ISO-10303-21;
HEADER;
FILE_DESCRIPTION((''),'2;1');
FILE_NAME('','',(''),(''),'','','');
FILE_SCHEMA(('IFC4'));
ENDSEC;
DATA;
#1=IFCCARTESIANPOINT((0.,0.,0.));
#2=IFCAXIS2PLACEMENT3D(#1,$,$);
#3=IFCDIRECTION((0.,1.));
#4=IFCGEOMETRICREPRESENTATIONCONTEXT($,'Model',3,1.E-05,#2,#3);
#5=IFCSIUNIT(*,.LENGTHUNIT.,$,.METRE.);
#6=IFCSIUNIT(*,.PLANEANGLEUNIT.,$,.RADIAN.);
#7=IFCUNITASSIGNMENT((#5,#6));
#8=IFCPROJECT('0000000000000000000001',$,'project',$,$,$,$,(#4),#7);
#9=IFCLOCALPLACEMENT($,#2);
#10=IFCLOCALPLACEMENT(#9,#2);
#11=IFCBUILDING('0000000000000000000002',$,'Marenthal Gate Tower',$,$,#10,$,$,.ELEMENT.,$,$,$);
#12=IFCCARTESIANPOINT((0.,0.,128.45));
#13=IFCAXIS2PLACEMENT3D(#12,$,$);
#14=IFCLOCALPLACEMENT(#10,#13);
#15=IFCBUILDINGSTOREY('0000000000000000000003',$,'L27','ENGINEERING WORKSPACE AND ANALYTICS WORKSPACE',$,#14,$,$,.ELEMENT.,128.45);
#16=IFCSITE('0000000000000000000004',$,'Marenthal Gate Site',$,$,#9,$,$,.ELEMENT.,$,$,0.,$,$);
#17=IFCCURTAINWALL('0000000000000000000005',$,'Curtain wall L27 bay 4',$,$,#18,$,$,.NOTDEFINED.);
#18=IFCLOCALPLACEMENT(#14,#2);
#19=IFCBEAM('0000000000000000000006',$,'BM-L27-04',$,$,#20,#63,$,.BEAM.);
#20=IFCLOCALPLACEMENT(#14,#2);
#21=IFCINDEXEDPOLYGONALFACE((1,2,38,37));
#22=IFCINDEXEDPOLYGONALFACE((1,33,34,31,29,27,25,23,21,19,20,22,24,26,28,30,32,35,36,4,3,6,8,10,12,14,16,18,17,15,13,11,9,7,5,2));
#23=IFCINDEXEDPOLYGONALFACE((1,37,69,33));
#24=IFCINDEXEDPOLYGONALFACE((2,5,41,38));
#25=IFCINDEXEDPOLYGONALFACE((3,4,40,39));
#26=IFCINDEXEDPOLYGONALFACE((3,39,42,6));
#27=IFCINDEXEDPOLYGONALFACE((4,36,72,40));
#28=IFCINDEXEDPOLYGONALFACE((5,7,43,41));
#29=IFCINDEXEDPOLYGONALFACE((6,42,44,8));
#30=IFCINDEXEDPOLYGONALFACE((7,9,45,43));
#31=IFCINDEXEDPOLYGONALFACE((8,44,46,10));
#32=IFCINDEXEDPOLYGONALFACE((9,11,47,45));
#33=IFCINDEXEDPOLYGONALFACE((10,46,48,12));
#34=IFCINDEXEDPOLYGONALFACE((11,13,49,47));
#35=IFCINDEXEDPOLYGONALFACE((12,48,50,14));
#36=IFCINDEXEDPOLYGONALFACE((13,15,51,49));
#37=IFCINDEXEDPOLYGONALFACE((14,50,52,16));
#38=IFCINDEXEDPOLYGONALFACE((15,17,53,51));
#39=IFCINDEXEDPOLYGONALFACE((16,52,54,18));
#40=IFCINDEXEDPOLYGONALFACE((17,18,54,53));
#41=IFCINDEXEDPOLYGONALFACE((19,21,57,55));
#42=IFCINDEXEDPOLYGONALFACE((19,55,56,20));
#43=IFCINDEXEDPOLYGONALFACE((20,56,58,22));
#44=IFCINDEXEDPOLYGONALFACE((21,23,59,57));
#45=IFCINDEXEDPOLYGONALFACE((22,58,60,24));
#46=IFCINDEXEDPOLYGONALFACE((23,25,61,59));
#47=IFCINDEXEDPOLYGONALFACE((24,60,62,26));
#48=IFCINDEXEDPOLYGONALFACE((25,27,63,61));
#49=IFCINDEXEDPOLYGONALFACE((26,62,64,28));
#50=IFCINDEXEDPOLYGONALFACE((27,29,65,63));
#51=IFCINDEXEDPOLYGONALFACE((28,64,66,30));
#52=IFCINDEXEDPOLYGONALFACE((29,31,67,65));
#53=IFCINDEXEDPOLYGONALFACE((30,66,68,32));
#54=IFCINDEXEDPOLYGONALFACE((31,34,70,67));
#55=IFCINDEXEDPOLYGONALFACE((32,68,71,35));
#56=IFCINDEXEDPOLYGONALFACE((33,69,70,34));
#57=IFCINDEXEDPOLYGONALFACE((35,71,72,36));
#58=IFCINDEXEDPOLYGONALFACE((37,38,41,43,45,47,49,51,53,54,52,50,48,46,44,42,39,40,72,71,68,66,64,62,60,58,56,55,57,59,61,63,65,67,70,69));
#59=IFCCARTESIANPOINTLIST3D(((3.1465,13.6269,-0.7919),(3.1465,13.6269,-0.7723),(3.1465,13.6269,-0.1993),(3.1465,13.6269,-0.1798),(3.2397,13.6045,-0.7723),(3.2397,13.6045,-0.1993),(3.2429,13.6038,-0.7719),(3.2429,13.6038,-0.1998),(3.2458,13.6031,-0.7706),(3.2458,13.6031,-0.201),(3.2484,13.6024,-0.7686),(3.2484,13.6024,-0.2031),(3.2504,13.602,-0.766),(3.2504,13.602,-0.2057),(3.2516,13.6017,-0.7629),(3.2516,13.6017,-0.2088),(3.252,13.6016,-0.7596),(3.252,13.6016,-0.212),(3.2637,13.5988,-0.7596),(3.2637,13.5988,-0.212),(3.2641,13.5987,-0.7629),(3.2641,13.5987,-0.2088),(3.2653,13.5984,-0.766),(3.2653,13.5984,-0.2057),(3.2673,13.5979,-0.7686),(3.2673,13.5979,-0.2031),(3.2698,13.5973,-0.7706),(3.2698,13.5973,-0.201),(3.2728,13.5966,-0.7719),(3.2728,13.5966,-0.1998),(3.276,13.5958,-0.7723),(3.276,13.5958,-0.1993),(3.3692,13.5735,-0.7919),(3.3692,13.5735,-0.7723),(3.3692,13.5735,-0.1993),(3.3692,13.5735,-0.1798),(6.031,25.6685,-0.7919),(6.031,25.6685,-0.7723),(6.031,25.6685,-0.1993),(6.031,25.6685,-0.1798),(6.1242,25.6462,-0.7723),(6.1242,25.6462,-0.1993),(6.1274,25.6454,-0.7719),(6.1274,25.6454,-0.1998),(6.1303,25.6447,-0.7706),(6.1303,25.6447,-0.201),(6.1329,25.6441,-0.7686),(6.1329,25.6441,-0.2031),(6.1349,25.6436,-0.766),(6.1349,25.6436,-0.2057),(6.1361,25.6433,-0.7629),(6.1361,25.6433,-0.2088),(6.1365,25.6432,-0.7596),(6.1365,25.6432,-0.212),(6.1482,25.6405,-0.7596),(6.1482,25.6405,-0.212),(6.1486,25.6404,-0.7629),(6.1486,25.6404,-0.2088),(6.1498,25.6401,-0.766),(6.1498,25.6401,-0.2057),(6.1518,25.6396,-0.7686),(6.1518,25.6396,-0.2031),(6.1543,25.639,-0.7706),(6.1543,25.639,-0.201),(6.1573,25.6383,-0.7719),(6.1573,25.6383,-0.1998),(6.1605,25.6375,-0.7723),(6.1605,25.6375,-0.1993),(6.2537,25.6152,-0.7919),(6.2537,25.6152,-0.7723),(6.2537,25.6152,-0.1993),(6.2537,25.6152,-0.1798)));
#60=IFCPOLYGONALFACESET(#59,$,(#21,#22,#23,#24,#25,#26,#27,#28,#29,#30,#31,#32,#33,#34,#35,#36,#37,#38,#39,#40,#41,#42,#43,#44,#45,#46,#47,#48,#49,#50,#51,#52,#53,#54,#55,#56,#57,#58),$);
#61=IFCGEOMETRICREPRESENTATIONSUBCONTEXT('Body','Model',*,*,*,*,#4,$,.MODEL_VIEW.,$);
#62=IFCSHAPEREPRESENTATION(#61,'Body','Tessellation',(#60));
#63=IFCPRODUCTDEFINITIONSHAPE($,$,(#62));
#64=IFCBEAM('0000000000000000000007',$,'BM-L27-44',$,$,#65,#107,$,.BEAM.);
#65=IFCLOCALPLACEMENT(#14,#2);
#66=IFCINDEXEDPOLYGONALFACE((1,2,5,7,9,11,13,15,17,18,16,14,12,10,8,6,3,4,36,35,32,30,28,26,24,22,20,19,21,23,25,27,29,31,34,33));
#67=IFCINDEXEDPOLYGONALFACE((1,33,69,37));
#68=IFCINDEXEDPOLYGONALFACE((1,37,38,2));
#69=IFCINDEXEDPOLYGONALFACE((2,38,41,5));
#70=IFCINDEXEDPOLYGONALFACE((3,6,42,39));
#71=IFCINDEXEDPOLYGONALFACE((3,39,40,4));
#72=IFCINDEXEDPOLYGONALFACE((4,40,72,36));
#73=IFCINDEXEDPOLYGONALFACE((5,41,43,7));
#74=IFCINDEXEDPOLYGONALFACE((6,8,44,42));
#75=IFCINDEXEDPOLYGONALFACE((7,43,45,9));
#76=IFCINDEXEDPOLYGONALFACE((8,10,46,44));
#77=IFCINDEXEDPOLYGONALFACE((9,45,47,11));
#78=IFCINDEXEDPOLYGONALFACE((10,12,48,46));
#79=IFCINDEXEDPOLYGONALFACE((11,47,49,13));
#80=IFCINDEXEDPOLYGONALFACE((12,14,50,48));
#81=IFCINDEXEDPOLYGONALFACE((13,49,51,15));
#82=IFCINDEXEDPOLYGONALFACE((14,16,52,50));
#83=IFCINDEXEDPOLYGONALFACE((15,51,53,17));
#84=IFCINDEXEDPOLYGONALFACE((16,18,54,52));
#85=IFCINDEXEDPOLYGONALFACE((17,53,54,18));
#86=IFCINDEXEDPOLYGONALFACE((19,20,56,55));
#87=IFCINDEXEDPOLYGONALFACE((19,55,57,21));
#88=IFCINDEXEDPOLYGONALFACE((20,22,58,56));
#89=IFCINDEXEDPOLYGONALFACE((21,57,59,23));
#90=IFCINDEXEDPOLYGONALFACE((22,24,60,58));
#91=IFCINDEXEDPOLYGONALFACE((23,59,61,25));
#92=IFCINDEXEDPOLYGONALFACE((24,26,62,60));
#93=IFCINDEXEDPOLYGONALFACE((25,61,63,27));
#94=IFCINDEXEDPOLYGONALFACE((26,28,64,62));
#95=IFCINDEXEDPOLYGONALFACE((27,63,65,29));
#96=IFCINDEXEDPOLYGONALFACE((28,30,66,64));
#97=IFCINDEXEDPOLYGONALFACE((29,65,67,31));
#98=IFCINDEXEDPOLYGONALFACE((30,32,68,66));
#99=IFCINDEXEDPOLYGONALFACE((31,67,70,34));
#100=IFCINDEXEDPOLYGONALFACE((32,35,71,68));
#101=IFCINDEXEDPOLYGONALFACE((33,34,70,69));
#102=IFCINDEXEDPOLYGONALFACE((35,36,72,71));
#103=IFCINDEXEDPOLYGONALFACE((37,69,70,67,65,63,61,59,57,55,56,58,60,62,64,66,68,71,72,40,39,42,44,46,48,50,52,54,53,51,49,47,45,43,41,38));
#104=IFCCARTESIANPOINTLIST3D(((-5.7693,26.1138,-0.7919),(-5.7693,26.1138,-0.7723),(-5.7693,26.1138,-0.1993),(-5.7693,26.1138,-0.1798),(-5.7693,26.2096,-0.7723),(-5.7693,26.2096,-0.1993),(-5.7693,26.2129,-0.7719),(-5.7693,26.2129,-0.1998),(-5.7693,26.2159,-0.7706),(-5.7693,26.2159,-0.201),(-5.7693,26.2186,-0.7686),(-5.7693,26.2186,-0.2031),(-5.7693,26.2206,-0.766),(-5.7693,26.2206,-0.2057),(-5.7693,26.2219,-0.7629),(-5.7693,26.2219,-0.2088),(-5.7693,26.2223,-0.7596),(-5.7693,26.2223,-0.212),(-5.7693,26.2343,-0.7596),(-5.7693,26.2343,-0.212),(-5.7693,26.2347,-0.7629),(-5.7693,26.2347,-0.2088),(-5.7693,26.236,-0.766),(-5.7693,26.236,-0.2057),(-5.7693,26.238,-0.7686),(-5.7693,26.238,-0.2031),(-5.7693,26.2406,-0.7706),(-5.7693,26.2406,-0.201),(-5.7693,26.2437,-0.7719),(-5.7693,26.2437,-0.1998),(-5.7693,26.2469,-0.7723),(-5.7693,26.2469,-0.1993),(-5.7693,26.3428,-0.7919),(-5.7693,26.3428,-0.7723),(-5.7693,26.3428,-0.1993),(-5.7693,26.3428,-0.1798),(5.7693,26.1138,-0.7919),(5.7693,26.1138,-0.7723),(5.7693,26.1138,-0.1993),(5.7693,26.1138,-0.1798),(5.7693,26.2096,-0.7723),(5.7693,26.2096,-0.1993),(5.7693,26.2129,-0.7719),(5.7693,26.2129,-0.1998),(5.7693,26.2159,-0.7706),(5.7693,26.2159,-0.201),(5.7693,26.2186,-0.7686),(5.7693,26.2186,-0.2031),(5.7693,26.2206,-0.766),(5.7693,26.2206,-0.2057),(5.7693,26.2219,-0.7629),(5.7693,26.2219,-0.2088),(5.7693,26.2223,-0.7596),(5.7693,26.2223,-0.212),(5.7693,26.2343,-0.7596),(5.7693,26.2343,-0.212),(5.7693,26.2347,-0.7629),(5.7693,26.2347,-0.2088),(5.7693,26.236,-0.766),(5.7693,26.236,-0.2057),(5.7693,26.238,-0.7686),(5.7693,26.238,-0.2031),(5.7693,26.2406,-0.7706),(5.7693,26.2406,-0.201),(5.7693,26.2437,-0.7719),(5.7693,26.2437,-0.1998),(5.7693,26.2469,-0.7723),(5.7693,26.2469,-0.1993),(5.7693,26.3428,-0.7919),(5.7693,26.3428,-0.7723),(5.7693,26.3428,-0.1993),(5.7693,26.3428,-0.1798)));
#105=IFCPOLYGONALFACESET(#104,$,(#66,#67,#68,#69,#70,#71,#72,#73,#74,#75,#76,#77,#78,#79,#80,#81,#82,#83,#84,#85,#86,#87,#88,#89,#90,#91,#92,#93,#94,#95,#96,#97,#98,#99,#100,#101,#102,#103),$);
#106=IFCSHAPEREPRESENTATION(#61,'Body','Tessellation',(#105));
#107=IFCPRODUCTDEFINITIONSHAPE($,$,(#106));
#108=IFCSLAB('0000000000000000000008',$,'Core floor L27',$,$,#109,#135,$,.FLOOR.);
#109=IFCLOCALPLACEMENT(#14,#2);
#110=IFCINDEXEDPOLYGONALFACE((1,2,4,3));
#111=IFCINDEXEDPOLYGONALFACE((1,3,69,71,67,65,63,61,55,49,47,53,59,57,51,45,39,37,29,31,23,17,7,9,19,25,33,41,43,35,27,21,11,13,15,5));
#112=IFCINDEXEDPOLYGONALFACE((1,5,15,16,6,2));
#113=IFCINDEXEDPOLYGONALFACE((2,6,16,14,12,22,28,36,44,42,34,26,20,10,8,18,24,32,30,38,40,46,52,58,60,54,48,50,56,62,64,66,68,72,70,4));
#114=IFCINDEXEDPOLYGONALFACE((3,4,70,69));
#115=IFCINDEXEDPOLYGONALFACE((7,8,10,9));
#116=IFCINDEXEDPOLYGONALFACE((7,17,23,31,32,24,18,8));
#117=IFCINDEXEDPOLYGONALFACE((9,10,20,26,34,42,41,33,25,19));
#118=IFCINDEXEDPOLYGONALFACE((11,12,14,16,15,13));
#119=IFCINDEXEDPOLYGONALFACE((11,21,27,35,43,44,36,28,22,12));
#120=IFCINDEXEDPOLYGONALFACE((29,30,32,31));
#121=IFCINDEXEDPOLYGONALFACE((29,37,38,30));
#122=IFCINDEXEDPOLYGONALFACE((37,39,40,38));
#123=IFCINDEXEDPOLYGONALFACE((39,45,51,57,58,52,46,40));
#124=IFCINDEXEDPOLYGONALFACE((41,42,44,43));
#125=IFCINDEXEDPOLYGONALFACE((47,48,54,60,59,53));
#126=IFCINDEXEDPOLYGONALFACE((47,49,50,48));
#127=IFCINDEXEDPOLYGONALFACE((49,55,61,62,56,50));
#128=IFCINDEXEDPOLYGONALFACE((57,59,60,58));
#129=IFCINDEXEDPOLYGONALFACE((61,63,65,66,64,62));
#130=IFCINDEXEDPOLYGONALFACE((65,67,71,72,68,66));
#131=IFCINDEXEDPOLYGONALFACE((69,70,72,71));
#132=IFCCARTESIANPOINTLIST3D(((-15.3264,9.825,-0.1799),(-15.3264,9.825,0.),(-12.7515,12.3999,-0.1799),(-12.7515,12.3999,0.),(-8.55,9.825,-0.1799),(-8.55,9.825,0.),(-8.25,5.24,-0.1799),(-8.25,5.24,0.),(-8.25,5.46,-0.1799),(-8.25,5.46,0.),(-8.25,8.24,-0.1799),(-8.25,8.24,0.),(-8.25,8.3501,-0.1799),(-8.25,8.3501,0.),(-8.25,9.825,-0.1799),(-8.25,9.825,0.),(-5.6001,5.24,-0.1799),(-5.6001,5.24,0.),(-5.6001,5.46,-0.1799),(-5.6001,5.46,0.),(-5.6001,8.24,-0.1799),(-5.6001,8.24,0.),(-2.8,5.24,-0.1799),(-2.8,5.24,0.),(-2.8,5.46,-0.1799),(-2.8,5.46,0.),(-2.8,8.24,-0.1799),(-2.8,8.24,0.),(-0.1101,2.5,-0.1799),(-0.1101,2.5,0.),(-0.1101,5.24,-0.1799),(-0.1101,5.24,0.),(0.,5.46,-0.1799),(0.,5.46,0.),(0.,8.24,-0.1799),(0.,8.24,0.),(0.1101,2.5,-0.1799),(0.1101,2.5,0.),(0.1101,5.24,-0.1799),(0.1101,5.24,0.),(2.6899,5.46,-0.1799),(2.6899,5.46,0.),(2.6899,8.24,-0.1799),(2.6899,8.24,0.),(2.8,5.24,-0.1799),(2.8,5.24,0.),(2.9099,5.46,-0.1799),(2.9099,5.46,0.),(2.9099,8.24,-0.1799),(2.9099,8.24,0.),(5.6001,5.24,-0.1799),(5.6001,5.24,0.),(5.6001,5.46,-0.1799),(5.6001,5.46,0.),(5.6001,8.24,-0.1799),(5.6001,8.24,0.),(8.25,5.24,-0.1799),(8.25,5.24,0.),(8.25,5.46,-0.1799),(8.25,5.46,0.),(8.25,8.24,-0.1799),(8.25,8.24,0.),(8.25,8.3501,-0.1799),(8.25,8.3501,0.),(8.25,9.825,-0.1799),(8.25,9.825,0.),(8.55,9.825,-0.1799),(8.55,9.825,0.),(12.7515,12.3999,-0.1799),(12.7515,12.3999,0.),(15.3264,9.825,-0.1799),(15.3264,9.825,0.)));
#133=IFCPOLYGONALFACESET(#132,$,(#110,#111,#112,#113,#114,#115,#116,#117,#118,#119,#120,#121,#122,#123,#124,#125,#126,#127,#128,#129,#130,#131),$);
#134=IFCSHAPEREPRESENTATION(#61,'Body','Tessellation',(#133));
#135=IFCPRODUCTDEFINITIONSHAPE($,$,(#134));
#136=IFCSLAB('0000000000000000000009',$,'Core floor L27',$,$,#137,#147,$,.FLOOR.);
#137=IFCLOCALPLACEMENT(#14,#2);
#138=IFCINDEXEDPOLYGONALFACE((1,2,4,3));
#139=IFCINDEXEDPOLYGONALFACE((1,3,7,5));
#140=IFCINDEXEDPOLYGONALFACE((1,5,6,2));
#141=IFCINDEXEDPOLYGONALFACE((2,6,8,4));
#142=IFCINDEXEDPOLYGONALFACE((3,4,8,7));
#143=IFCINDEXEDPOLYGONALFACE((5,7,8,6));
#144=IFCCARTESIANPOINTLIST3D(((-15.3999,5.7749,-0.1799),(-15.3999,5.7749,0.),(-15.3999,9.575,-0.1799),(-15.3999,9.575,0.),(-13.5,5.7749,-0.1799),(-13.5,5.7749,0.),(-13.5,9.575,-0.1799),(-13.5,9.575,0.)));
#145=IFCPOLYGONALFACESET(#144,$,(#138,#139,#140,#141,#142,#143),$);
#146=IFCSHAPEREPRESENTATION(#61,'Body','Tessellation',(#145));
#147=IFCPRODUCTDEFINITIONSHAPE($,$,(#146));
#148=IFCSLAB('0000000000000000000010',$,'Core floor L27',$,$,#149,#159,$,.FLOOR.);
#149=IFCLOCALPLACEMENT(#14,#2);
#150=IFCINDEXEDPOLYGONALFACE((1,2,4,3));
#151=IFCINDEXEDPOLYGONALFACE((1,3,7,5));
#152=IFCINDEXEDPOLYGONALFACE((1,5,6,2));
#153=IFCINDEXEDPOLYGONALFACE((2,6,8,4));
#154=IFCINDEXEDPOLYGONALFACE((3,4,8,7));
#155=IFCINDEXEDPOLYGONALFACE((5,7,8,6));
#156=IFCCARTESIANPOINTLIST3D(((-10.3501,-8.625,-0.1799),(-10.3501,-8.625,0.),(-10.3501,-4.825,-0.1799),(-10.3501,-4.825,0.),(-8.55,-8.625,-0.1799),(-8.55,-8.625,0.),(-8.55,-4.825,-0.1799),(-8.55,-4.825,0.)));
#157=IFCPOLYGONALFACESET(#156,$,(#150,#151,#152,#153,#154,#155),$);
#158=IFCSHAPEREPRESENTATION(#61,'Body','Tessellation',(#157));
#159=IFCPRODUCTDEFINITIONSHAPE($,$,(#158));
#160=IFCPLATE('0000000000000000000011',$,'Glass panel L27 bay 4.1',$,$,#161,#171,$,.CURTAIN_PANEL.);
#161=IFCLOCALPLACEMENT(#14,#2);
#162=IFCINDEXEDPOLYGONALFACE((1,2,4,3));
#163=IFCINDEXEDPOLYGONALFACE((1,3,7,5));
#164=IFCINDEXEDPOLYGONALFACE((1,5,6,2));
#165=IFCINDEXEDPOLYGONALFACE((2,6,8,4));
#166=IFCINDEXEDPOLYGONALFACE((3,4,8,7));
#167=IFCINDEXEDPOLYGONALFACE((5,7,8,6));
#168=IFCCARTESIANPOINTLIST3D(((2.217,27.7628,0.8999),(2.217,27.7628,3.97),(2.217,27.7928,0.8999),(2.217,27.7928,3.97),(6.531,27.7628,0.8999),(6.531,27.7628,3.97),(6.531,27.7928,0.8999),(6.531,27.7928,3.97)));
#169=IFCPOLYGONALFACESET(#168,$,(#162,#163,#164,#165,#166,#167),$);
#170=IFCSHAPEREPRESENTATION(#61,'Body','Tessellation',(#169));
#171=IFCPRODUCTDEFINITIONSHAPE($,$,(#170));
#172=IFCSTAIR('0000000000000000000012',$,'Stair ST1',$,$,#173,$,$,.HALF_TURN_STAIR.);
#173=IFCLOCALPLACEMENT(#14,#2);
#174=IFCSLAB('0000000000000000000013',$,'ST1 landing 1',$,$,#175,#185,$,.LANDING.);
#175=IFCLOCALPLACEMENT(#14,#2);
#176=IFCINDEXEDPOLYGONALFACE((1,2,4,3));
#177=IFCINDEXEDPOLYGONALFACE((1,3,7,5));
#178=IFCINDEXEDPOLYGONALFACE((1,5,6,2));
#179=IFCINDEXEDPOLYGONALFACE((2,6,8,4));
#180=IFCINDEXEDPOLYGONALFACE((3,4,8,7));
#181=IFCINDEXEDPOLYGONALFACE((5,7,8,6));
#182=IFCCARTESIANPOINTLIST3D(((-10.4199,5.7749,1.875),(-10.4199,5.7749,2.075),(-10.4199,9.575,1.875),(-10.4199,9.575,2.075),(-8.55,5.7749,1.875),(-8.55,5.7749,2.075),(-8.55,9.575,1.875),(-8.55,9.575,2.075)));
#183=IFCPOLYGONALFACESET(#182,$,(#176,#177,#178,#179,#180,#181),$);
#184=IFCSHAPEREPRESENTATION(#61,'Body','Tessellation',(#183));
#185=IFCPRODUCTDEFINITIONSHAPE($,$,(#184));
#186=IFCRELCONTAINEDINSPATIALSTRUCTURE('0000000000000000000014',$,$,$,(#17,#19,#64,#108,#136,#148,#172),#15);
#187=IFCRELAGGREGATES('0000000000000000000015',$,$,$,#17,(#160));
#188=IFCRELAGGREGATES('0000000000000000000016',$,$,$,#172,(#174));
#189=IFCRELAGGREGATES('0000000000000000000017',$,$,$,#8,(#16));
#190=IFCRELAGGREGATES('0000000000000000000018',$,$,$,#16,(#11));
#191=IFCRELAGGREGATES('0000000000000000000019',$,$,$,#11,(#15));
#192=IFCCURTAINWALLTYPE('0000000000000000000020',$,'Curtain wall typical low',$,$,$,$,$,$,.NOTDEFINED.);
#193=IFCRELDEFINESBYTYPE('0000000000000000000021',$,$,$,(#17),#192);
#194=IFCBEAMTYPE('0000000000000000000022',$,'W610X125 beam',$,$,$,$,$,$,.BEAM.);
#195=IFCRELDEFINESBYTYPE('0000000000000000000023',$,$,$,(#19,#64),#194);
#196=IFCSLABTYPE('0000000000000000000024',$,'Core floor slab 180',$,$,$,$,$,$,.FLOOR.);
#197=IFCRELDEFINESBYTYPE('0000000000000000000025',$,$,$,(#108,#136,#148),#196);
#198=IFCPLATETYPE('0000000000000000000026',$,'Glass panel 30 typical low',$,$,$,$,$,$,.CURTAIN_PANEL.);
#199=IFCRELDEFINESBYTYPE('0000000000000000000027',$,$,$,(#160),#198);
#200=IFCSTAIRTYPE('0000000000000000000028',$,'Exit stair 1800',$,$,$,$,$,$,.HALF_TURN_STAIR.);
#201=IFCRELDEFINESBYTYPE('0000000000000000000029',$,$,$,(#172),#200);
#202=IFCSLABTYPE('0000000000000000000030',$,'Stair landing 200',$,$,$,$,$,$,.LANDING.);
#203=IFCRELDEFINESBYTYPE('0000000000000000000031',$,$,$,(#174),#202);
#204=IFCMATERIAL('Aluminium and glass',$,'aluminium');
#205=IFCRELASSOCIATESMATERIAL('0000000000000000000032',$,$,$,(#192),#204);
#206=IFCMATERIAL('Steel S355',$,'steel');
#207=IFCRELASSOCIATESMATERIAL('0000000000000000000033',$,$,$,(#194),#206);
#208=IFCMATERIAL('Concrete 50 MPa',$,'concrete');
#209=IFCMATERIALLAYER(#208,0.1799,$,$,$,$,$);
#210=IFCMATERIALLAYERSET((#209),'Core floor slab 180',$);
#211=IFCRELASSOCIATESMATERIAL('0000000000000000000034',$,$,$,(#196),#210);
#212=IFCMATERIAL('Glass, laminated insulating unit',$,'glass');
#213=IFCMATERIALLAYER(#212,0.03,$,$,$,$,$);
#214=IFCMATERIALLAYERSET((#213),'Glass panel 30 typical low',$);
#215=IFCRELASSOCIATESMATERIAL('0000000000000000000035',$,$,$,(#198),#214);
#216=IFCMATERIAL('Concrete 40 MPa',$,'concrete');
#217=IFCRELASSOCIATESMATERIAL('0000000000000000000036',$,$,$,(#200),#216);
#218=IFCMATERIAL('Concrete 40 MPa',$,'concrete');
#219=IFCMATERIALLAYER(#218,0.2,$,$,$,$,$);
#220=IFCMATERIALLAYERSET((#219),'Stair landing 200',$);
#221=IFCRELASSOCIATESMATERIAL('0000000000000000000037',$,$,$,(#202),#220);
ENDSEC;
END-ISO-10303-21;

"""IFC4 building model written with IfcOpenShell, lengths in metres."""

from ifc_helpers import new_model, si_unit, direction, frame, origin, origin_2d, place, context, subcontext, project, spatial, polyline, rectangle, i_section, outline, extrude, material, layer, layer_set, material_profile, profile_set, type_object, element, aggregate, save


model = new_model("IFC4")

# Units and contexts
model_context = context("Model", 3, precision=1e-05, world=origin(), true_north=direction((0.0, 1.0)))
body_context = subcontext(model_context, "Body", "Model", "MODEL_VIEW")
ifc_project = project(units=[si_unit("LENGTHUNIT", "METRE"), si_unit("PLANEANGLEUNIT", "RADIAN")], contexts=[model_context])

# Site, building, storey
site_placement = place(None, origin())
site = spatial("IfcSite", under=ifc_project, at=site_placement, Name="Marenthal Gate Site", CompositionType="ELEMENT", RefElevation=0.0)
building_placement = place(site_placement, origin())
building = spatial("IfcBuilding", under=site, at=building_placement, Name="Marenthal Gate Tower", CompositionType="ELEMENT")
storey_placement = place(building_placement, frame((0.0, 0.0, 128.45)))
storey = spatial("IfcBuildingStorey", under=building, at=storey_placement, Name="L27", Description="ENGINEERING WORKSPACE AND ANALYTICS WORKSPACE", CompositionType="ELEMENT", Elevation=128.45)

# Curtain wall
ifc_material_1 = material(Name="Aluminium and glass", Category="aluminium")
curtain_wall_type = type_object("IfcCurtainWallType", Name="Curtain wall typical low", PredefinedType="NOTDEFINED", material=ifc_material_1)
curtain_wall_placement = place(storey_placement, origin())
curtain_wall = element("IfcCurtainWall", 1, at=curtain_wall_placement, inside=storey, type_object=curtain_wall_type, Name="Curtain wall L27 bay 4", PredefinedType="NOTDEFINED")

# Beams
ifc_material_2 = material(Name="Steel S355", Category="steel")
ifc_material_profile_1 = material_profile(ifc_material_2, i_section(OverallWidth=0.229, OverallDepth=0.6121, WebThickness=0.012, FlangeThickness=0.0195, FilletRadius=0.0127, at=origin_2d()), Name="W610X125")
ifc_profile_set_1 = profile_set([ifc_material_profile_1], Name="Steel S355")
beam_type_1 = type_object("IfcBeamType", Name="W610X125 beam", PredefinedType="BEAM", material=ifc_profile_set_1)
beam_1_placement = place(storey_placement, frame((6.1423, 25.6418, -0.4858), z_axis=(-0.232953, -0.972488, 0.0), x_axis=(0.972488, -0.232953, 0.0)))
element("IfcBeam", 2, at=beam_1_placement, inside=storey, type_object=beam_type_1, Name="BM-L27-04", PredefinedType="BEAM", context=body_context, shape_type="SweptSolid", body=[
    extrude(i_section(OverallWidth=0.229, OverallDepth=0.6121, WebThickness=0.012, FlangeThickness=0.0195, FilletRadius=0.0127, at=origin_2d()), origin(), (0.0, 0.0, 1.0), 12.3823),
])
beam_2_placement = place(storey_placement, frame((5.7693, 26.2283, -0.4858), z_axis=(-1.0, 0.0, 0.0), x_axis=(0.0, -1.0, 0.0)))
element("IfcBeam", 3, at=beam_2_placement, inside=storey, type_object=beam_type_1, Name="BM-L27-44", PredefinedType="BEAM", context=body_context, shape_type="SweptSolid", body=[
    extrude(i_section(OverallWidth=0.229, OverallDepth=0.6121, WebThickness=0.012, FlangeThickness=0.0195, FilletRadius=0.0127, at=origin_2d()), origin(), (0.0, 0.0, 1.0), 11.5386),
])

# Slabs
ifc_material_3 = material(Name="Concrete 50 MPa", Category="concrete")
ifc_layer_1 = layer(ifc_material_3, 0.1799)
ifc_layer_set_1 = layer_set([ifc_layer_1], Name="Core floor slab 180")
slab_type_1 = type_object("IfcSlabType", Name="Core floor slab 180", PredefinedType="FLOOR", material=ifc_layer_set_1)
slab_1_placement = place(storey_placement, frame((0.0, 0.0, -0.1799)))
element("IfcSlab", 4, at=slab_1_placement, inside=storey, type_object=slab_type_1, Name="Core floor L27", PredefinedType="FLOOR", context=body_context, shape_type="SweptSolid", body=[
    extrude(outline(polyline([(12.7515, 12.3999), (15.3264, 9.825), (8.55, 9.825), (8.25, 9.825), (8.25, 8.3501), (8.25, 8.24), (5.6001, 8.24), (2.9099, 8.24), (2.9099, 5.46), (5.6001, 5.46), (8.25, 5.46), (8.25, 5.24), (5.6001, 5.24), (2.8, 5.24), (0.1101, 5.24), (0.1101, 2.5), (-0.1101, 2.5), (-0.1101, 5.24), (-2.8, 5.24), (-5.6001, 5.24), (-8.25, 5.24), (-8.25, 5.46), (-5.6001, 5.46), (-2.8, 5.46), (0.0, 5.46), (2.6899, 5.46), (2.6899, 8.24), (0.0, 8.24), (-2.8, 8.24), (-5.6001, 8.24), (-8.25, 8.24), (-8.25, 8.3501), (-8.25, 9.825), (-8.55, 9.825), (-15.3264, 9.825), (-12.7515, 12.3999), (12.7515, 12.3999)])), origin(), (0.0, 0.0, 1.0), 0.1799),
])
slab_2_placement = place(storey_placement, frame((0.0, 0.0, -0.1799)))
element("IfcSlab", 5, at=slab_2_placement, inside=storey, type_object=slab_type_1, Name="Core floor L27", PredefinedType="FLOOR", context=body_context, shape_type="SweptSolid", body=[
    extrude(outline(polyline([(-15.3999, 9.575), (-13.5, 9.575), (-13.5, 5.7749), (-15.3999, 5.7749), (-15.3999, 9.575)])), origin(), (0.0, 0.0, 1.0), 0.1799),
])
slab_3_placement = place(storey_placement, frame((0.0, 0.0, -0.1799)))
element("IfcSlab", 6, at=slab_3_placement, inside=storey, type_object=slab_type_1, Name="Core floor L27", PredefinedType="FLOOR", context=body_context, shape_type="SweptSolid", body=[
    extrude(outline(polyline([(-8.55, -8.625), (-10.3501, -8.625), (-10.3501, -4.825), (-8.55, -4.825), (-8.55, -8.625)])), origin(), (0.0, 0.0, 1.0), 0.1799),
])

# Plate
ifc_material_4 = material(Name="Glass, laminated insulating unit", Category="glass")
ifc_layer_2 = layer(ifc_material_4, 0.03)
ifc_layer_set_2 = layer_set([ifc_layer_2], Name="Glass panel 30 typical low")
plate_type = type_object("IfcPlateType", Name="Glass panel 30 typical low", PredefinedType="CURTAIN_PANEL", material=ifc_layer_set_2)
plate_placement = place(storey_placement, frame((4.374, 27.7778, 0.8999), z_axis=(0.0, 0.0, 1.0), x_axis=(-1.0, 0.0, 0.0)))
plate = element("IfcPlate", 7, at=plate_placement, type_object=plate_type, Name="Glass panel L27 bay 4.1", PredefinedType="CURTAIN_PANEL", context=body_context, shape_type="SweptSolid", body=[
    extrude(rectangle(XDim=4.314, YDim=0.03, at=origin_2d()), origin(), (0.0, 0.0, 1.0), 3.0701),
])
aggregate(curtain_wall, [plate])

# Stair, slab
ifc_material_5 = material(Name="Concrete 40 MPa", Category="concrete")
stair_type = type_object("IfcStairType", Name="Exit stair 1800", PredefinedType="HALF_TURN_STAIR", material=ifc_material_5)
stair_1_placement = place(storey_placement, origin())
stair_1 = element("IfcStair", 8, at=stair_1_placement, inside=storey, type_object=stair_type, Name="Stair ST1", PredefinedType="HALF_TURN_STAIR")
ifc_material_6 = material(Name="Concrete 40 MPa", Category="concrete")
ifc_layer_3 = layer(ifc_material_6, 0.2)
ifc_layer_set_3 = layer_set([ifc_layer_3], Name="Stair landing 200")
slab_type_2 = type_object("IfcSlabType", Name="Stair landing 200", PredefinedType="LANDING", material=ifc_layer_set_3)
slab_4_placement = place(storey_placement, frame((0.0, 0.0, 1.875)))
slab_4 = element("IfcSlab", 9, at=slab_4_placement, type_object=slab_type_2, Name="ST1 landing 1", PredefinedType="LANDING", context=body_context, shape_type="SweptSolid", body=[
    extrude(outline(polyline([(-10.4199, 5.7749), (-8.55, 5.7749), (-8.55, 9.575), (-10.4199, 9.575), (-10.4199, 5.7749)])), origin(), (0.0, 0.0, 1.0), 0.2),
])
aggregate(stair_1, [slab_4])

save(model, "model.ifc")
